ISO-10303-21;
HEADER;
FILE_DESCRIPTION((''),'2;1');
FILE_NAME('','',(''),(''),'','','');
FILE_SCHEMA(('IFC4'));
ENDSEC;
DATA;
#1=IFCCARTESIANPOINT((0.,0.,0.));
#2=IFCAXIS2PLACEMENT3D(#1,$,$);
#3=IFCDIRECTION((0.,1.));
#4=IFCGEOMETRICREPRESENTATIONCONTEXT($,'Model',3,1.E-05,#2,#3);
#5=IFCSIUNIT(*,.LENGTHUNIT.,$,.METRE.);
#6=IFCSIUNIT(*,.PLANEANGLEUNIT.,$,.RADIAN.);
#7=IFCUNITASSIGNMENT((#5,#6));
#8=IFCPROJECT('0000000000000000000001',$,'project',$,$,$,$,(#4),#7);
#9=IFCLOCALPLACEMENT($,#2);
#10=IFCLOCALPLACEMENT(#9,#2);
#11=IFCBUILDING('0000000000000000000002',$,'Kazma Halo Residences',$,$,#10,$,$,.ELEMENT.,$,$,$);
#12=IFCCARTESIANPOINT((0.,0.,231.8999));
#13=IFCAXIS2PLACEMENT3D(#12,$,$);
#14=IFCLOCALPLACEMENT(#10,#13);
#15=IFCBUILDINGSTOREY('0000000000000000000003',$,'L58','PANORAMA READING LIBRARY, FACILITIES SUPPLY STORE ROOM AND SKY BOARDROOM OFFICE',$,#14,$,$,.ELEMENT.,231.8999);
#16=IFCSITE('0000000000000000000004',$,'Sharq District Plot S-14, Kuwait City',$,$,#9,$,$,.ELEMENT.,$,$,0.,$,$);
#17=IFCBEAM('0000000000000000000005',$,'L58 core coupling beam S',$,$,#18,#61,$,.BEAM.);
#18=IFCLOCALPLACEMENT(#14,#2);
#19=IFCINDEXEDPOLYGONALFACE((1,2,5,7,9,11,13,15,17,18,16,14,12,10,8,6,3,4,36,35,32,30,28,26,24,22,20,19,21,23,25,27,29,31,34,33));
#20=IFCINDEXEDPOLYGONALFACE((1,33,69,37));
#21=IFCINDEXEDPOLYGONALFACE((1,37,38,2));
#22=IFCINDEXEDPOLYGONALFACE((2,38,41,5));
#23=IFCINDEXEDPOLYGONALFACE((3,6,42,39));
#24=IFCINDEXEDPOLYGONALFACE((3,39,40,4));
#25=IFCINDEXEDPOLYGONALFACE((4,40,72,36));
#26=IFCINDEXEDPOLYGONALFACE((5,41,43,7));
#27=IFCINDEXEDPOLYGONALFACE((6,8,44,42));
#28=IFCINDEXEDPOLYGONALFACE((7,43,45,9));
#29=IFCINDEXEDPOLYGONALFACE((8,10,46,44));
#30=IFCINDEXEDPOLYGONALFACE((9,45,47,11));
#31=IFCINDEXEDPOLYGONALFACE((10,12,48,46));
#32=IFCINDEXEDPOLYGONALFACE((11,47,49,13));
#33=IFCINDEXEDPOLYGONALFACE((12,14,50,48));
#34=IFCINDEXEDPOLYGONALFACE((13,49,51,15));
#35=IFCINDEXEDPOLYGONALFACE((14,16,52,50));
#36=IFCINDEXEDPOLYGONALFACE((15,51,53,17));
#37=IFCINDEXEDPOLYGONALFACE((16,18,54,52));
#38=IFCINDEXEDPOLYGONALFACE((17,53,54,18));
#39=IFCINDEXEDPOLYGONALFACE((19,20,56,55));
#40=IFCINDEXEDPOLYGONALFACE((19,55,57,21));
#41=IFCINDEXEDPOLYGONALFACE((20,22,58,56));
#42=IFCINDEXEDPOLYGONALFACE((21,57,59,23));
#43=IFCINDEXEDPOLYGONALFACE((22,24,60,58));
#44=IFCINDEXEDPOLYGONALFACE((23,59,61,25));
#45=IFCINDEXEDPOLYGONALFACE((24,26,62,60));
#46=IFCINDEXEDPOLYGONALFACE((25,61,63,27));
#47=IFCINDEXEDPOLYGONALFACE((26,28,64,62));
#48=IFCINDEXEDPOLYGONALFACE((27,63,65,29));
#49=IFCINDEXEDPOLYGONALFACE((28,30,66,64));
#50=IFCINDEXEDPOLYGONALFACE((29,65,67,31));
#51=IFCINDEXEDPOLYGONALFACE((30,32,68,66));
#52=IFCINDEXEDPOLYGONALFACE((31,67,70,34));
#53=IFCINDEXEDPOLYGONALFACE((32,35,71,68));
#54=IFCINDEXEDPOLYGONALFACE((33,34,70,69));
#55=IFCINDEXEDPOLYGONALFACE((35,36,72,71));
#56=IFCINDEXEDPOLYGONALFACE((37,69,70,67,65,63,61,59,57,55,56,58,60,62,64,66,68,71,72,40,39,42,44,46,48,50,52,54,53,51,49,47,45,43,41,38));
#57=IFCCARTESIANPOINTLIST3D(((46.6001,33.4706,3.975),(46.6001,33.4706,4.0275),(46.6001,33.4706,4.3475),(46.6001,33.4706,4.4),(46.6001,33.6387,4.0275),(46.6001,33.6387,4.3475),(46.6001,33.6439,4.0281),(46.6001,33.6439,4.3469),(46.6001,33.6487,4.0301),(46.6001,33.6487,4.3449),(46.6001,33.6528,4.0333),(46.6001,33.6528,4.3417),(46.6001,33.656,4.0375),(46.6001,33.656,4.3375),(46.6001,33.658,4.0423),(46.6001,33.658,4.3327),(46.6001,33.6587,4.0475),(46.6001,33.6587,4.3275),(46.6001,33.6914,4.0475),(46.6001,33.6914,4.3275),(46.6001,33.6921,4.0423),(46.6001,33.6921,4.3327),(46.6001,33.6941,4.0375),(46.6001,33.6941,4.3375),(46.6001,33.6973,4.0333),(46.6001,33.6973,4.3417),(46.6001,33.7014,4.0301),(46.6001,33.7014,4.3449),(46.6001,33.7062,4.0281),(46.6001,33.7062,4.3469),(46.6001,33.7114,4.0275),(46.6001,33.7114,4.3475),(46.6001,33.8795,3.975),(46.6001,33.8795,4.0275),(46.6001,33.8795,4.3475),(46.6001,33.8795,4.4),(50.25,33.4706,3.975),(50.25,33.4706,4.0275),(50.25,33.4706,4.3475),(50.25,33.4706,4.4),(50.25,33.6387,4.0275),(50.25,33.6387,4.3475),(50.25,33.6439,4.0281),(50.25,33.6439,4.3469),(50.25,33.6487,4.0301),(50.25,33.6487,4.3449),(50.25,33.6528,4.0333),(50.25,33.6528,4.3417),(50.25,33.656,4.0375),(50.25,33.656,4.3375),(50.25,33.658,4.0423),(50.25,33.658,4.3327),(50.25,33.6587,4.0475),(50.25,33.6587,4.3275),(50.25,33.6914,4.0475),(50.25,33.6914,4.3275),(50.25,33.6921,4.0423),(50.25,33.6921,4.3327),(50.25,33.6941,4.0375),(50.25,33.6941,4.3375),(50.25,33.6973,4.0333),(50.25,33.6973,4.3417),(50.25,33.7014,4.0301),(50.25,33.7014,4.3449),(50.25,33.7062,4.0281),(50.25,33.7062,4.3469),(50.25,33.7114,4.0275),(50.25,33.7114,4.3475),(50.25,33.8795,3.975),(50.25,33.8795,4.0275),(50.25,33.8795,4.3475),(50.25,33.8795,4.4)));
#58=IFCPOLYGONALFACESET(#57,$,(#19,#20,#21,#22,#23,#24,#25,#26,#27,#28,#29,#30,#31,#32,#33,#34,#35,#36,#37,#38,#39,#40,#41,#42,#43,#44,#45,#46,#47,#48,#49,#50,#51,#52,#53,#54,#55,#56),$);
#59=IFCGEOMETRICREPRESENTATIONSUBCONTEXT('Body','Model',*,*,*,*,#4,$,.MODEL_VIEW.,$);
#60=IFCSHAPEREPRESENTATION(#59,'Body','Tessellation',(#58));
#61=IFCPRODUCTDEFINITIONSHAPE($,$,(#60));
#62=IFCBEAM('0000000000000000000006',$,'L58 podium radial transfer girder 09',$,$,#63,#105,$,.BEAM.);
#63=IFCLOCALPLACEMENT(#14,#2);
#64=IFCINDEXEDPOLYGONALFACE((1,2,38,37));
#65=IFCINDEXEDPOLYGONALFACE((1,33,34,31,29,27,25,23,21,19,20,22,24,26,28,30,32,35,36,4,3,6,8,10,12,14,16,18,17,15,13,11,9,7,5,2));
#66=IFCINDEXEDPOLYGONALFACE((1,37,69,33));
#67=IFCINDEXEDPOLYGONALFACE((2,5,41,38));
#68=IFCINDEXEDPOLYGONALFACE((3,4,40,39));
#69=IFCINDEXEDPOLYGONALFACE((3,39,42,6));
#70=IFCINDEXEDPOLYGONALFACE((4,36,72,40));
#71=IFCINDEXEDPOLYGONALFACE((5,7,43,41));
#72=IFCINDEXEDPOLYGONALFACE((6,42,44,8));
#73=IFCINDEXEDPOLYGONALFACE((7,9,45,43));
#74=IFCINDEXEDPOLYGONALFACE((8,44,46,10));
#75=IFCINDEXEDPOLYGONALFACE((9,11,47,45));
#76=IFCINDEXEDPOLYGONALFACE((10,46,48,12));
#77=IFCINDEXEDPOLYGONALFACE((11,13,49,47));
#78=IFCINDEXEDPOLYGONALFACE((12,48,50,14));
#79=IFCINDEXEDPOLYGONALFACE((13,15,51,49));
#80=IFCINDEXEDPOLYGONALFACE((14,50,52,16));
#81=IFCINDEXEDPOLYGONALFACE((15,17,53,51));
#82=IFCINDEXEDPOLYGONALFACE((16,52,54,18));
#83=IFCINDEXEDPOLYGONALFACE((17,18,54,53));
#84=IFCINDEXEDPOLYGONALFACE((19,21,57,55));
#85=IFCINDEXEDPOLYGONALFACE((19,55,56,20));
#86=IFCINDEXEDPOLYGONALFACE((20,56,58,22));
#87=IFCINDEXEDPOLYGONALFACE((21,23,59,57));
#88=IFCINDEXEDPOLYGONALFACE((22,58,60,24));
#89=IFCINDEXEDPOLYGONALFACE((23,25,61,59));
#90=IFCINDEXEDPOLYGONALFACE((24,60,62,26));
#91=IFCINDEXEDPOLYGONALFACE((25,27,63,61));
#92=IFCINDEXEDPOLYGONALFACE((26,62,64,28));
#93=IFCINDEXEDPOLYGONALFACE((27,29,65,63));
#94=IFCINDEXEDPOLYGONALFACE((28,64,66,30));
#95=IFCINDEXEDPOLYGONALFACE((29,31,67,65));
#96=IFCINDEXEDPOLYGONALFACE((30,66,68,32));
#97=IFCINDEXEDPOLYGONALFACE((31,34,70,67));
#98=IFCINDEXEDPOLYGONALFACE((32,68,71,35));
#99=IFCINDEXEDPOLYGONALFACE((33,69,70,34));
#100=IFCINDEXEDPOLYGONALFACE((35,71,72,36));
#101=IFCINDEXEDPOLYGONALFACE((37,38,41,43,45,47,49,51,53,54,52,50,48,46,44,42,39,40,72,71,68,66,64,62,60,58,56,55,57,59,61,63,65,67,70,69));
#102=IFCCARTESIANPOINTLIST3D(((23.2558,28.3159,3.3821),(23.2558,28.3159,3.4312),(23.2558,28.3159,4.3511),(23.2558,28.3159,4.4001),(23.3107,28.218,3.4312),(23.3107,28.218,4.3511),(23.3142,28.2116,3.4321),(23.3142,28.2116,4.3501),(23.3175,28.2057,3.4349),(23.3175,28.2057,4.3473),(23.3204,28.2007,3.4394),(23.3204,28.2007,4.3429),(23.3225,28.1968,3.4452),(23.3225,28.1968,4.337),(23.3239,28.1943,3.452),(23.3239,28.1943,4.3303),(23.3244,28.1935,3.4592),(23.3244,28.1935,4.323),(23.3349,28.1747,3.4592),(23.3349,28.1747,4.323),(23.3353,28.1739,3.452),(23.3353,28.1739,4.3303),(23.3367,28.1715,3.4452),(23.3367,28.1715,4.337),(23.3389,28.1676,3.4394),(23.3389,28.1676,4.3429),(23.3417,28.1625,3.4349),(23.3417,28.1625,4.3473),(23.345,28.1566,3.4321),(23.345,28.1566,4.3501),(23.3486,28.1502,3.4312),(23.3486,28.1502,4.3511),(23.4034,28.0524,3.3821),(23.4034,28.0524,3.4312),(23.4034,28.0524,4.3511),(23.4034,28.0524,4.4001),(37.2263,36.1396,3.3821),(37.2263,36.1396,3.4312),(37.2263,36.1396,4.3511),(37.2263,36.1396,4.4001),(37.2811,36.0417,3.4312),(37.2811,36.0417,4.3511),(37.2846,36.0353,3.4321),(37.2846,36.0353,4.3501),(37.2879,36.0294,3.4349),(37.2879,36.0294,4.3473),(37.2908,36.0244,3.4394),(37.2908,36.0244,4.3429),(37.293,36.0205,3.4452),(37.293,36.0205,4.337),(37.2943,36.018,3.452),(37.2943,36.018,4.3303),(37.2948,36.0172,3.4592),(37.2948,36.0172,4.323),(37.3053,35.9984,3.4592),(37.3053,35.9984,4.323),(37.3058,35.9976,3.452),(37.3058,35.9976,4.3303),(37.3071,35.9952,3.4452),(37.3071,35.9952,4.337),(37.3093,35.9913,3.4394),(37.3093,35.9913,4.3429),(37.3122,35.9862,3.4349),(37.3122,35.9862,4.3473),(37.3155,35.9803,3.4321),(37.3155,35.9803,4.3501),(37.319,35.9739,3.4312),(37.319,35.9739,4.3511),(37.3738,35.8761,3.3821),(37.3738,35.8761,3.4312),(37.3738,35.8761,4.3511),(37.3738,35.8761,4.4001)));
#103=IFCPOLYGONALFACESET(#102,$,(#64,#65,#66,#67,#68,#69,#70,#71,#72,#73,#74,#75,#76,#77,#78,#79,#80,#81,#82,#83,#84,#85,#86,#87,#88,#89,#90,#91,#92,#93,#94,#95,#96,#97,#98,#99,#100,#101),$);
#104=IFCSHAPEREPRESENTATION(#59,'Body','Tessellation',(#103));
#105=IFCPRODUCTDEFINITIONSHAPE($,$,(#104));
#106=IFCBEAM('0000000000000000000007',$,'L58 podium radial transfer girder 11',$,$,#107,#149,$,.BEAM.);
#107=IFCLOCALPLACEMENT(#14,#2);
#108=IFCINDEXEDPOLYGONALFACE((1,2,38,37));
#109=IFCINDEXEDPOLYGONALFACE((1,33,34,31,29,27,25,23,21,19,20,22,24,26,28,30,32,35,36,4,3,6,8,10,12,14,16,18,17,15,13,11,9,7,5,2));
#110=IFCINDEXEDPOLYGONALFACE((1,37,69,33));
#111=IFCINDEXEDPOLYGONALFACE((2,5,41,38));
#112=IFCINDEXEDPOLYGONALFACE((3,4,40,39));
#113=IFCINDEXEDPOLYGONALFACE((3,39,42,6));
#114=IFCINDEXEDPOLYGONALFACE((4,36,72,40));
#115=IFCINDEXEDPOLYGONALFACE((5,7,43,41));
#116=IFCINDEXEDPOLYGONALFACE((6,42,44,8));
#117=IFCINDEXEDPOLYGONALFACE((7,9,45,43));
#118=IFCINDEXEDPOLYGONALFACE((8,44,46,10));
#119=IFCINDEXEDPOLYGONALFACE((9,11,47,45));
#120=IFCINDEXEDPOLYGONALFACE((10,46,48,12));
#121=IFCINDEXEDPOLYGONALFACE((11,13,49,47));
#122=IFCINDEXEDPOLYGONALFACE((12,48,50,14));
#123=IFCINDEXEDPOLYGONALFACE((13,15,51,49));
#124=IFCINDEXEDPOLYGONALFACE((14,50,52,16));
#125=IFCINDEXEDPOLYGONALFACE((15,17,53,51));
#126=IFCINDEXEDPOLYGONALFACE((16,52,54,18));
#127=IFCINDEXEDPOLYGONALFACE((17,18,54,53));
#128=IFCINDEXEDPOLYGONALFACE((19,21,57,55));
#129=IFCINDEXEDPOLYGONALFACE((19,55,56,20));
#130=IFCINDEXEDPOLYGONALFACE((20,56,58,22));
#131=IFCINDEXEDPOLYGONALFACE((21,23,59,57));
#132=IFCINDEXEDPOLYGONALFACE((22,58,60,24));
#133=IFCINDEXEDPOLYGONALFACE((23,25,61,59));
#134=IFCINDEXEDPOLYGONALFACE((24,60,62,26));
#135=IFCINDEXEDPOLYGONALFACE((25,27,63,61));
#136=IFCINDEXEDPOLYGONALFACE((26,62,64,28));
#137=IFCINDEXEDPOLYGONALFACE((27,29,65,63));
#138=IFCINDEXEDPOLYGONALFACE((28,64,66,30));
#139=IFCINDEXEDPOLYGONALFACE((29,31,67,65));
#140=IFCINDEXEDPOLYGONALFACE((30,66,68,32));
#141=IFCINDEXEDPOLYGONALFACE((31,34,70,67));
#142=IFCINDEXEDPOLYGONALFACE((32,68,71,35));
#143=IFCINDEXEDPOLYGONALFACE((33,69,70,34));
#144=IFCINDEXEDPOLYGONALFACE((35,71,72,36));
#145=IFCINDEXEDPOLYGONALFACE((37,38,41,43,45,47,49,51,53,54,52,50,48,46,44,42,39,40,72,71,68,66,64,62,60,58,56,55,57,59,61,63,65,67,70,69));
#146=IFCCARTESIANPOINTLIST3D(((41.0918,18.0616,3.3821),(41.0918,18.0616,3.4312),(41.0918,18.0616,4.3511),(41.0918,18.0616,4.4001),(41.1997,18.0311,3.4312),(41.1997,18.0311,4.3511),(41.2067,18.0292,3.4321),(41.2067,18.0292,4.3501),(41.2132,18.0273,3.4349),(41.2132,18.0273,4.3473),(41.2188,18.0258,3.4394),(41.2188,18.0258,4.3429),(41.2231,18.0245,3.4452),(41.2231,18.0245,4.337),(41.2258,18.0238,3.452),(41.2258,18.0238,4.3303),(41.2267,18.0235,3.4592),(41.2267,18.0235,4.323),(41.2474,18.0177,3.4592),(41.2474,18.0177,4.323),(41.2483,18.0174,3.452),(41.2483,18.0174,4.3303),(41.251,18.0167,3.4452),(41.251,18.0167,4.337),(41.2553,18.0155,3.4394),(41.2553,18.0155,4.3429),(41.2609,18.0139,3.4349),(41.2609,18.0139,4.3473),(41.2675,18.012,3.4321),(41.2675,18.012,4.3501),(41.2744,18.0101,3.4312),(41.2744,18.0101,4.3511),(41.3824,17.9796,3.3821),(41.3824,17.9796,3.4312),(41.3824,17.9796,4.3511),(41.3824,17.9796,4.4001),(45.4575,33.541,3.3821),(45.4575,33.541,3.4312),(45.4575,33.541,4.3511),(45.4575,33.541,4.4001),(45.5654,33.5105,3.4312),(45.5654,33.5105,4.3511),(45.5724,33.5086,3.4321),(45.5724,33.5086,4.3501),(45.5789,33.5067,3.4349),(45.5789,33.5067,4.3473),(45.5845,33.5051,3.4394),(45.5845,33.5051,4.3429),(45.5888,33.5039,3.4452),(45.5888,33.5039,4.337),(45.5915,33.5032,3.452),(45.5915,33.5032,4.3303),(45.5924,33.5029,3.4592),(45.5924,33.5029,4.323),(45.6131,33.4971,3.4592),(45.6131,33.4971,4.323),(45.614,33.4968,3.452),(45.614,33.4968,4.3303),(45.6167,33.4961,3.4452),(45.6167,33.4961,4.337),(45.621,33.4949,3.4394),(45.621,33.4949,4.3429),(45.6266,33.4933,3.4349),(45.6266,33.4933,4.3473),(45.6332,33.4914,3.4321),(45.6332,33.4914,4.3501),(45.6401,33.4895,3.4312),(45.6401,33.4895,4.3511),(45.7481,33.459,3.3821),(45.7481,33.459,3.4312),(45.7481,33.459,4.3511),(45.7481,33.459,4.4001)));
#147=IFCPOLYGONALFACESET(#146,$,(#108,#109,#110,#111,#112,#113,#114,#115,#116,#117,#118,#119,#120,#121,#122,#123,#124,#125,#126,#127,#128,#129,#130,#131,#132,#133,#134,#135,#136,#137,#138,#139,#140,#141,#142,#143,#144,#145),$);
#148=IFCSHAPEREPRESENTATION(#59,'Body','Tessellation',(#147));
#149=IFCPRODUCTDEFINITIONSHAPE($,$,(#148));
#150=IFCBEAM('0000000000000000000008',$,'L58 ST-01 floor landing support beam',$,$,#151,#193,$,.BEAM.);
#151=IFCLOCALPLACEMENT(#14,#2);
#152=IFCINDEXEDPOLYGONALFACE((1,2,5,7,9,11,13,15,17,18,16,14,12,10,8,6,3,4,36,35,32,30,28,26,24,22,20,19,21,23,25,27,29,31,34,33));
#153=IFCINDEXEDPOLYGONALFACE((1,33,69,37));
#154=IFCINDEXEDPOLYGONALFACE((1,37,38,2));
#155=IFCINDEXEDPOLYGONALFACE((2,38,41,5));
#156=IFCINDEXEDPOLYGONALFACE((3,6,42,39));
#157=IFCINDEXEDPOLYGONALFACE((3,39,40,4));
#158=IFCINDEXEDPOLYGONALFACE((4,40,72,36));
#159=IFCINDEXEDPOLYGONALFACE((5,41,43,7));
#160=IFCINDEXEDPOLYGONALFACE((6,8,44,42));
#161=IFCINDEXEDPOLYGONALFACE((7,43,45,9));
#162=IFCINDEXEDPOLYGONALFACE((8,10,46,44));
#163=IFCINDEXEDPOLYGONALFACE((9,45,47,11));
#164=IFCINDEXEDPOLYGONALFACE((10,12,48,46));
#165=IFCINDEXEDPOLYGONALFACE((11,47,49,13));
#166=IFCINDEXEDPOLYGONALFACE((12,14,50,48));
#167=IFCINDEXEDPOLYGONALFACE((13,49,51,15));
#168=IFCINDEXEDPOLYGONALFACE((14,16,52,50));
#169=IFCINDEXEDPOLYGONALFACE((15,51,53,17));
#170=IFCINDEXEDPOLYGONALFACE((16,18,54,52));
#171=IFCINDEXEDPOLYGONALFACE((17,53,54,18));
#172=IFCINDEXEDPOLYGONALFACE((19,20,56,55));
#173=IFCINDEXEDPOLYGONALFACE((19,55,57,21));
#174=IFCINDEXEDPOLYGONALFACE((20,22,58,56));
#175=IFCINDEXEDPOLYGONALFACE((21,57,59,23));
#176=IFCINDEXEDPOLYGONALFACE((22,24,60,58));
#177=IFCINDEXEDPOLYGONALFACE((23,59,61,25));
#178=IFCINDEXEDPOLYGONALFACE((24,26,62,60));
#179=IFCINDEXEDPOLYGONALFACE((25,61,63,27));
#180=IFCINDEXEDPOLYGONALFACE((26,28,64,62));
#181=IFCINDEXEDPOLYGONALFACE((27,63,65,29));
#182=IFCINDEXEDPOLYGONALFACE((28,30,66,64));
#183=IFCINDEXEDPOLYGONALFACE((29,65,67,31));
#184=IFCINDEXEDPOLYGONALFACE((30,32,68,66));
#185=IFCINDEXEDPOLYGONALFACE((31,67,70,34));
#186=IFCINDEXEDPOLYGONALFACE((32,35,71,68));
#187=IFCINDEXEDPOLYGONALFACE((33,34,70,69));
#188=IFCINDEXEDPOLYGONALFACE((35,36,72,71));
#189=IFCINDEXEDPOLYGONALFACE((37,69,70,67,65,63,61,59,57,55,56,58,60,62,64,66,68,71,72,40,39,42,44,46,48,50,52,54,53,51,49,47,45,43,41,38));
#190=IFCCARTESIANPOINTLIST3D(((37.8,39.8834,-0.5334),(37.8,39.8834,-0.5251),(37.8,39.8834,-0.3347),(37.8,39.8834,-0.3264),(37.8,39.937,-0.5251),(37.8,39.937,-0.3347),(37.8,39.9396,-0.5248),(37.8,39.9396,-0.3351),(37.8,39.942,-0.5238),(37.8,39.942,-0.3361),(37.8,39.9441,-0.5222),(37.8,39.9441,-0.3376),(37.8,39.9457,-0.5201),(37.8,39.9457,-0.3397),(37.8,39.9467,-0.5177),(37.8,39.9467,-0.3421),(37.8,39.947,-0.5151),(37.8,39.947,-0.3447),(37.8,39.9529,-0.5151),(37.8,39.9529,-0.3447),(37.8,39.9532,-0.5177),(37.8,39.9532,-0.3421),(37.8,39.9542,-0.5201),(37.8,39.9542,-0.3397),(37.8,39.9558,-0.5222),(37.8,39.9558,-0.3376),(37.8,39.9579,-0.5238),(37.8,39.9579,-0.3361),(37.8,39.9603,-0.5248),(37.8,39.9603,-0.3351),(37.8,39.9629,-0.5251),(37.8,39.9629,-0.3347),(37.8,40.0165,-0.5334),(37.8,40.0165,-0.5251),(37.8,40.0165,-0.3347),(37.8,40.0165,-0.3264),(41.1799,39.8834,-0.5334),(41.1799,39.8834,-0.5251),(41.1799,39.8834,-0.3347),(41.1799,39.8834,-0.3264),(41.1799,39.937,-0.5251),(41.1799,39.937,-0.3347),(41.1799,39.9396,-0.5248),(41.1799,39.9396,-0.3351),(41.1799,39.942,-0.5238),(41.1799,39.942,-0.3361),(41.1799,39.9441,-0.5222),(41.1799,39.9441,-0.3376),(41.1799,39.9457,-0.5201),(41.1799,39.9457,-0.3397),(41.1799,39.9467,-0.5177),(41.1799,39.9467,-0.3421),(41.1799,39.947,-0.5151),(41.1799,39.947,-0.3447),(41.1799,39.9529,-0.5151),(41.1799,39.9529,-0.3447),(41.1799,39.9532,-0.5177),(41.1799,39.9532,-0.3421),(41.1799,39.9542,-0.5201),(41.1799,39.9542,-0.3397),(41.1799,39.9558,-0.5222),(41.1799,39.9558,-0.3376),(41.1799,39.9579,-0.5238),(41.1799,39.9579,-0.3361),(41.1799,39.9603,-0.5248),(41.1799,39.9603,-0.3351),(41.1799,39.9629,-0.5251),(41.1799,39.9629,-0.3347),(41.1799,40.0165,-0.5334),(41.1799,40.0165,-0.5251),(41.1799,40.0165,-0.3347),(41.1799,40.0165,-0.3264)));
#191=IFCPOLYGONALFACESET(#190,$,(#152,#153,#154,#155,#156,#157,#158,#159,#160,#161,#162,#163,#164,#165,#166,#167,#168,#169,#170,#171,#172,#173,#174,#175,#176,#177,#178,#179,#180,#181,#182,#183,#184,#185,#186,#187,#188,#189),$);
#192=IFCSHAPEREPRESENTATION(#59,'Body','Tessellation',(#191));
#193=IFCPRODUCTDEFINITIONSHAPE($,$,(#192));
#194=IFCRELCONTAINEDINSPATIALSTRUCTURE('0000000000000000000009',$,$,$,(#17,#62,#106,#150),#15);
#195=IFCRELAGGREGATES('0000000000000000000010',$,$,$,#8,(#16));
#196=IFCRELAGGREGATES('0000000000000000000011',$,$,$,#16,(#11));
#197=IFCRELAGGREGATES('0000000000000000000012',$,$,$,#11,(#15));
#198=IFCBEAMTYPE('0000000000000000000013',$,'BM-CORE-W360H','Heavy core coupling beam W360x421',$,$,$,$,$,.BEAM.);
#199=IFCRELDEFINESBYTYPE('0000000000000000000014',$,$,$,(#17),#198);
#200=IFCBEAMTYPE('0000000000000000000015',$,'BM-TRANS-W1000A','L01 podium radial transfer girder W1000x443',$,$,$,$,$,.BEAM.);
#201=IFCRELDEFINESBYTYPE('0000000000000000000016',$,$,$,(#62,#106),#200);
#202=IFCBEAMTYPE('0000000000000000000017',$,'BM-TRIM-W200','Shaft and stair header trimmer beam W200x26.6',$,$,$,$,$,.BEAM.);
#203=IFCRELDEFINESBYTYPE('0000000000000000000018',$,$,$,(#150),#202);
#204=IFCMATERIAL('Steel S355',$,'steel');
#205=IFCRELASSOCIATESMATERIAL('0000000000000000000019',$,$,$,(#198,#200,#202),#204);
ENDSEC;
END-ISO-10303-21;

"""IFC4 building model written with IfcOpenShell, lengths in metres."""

from ifc_helpers import new_model, si_unit, direction, frame, origin, origin_2d, place, context, subcontext, project, spatial, i_section, extrude, material, material_profile, profile_set, type_object, element, save


model = new_model("IFC4")

# Units and contexts
model_context = context("Model", 3, precision=1e-05, world=origin(), true_north=direction((0.0, 1.0)))
body_context = subcontext(model_context, "Body", "Model", "MODEL_VIEW")
ifc_project = project(units=[si_unit("LENGTHUNIT", "METRE"), si_unit("PLANEANGLEUNIT", "RADIAN")], contexts=[model_context])

# Site, building, storey
site_placement = place(None, origin())
site = spatial("IfcSite", under=ifc_project, at=site_placement, Name="Sharq District Plot S-14, Kuwait City", CompositionType="ELEMENT", RefElevation=0.0)
building_placement = place(site_placement, origin())
building = spatial("IfcBuilding", under=site, at=building_placement, Name="Kazma Halo Residences", CompositionType="ELEMENT")
storey_placement = place(building_placement, frame((0.0, 0.0, 231.8999)))
storey = spatial("IfcBuildingStorey", under=building, at=storey_placement, Name="L58", Description="PANORAMA READING LIBRARY, FACILITIES SUPPLY STORE ROOM AND SKY BOARDROOM OFFICE", CompositionType="ELEMENT", Elevation=231.8999)

# Beams
ifc_material_1 = material(Name="Steel S355", Category="steel")
ifc_material_profile_1 = material_profile(ifc_material_1, i_section(OverallWidth=0.4089, OverallDepth=0.425, WebThickness=0.0327, FlangeThickness=0.0525, FilletRadius=0.02, at=origin_2d()), Name="W360x421")
ifc_profile_set_1 = profile_set([ifc_material_profile_1], Name="Steel S355")
beam_type_1 = type_object("IfcBeamType", Name="BM-CORE-W360H", Description="Heavy core coupling beam W360x421", PredefinedType="BEAM", material=ifc_profile_set_1)
beam_1_placement = place(storey_placement, frame((46.6001, 33.675, 4.1875), z_axis=(1.0, 0.0, 0.0), x_axis=(0.0, 1.0, 0.0)))
element("IfcBeam", 1, at=beam_1_placement, inside=storey, type_object=beam_type_1, Name="L58 core coupling beam S", PredefinedType="BEAM", context=body_context, shape_type="SweptSolid", body=[
    extrude(i_section(OverallWidth=0.4089, OverallDepth=0.425, WebThickness=0.0327, FlangeThickness=0.0525, FilletRadius=0.02, at=origin_2d()), origin(), (0.0, 0.0, 1.0), 3.6499),
])
ifc_material_profile_2 = material_profile(ifc_material_1, i_section(OverallWidth=0.302, OverallDepth=1.0181, WebThickness=0.0215, FlangeThickness=0.0491, FilletRadius=0.0281, at=origin_2d()), Name="W1000x443")
ifc_profile_set_2 = profile_set([ifc_material_profile_2], Name="Steel S355")
beam_type_2 = type_object("IfcBeamType", Name="BM-TRANS-W1000A", Description="L01 podium radial transfer girder W1000x443", PredefinedType="BEAM", material=ifc_profile_set_2)
beam_2_placement = place(storey_placement, frame((37.3, 36.0078, 3.8911), z_axis=(-0.872499, -0.488616, 0.0), x_axis=(0.488616, -0.872499, 0.0)))
element("IfcBeam", 2, at=beam_2_placement, inside=storey, type_object=beam_type_2, Name="L58 podium radial transfer girder 09", PredefinedType="BEAM", context=body_context, shape_type="SweptSolid", body=[
    extrude(i_section(OverallWidth=0.302, OverallDepth=1.0181, WebThickness=0.0215, FlangeThickness=0.0491, FilletRadius=0.0281, at=origin_2d()), origin(), (0.0, 0.0, 1.0), 16.012),
])
beam_3_placement = place(storey_placement, frame((45.6028, 33.5, 3.8911), z_axis=(-0.271444, -0.962454, 0.0), x_axis=(0.962454, -0.271444, 0.0)))
element("IfcBeam", 3, at=beam_3_placement, inside=storey, type_object=beam_type_2, Name="L58 podium radial transfer girder 11", PredefinedType="BEAM", context=body_context, shape_type="SweptSolid", body=[
    extrude(i_section(OverallWidth=0.302, OverallDepth=1.0181, WebThickness=0.0215, FlangeThickness=0.0491, FilletRadius=0.0281, at=origin_2d()), origin(), (0.0, 0.0, 1.0), 16.0833),
])
ifc_material_profile_3 = material_profile(ifc_material_1, i_section(OverallWidth=0.1331, OverallDepth=0.207, WebThickness=0.0059, FlangeThickness=0.0083, FilletRadius=0.01, at=origin_2d()), Name="W200x26.6")
ifc_profile_set_3 = profile_set([ifc_material_profile_3], Name="Steel S355")
beam_type_3 = type_object("IfcBeamType", Name="BM-TRIM-W200", Description="Shaft and stair header trimmer beam W200x26.6", PredefinedType="BEAM", material=ifc_profile_set_3)
beam_4_placement = place(storey_placement, frame((37.8, 39.95, -0.4299), z_axis=(1.0, 0.0, 0.0), x_axis=(0.0, 1.0, 0.0)))
element("IfcBeam", 4, at=beam_4_placement, inside=storey, type_object=beam_type_3, Name="L58 ST-01 floor landing support beam", PredefinedType="BEAM", context=body_context, shape_type="SweptSolid", body=[
    extrude(i_section(OverallWidth=0.1331, OverallDepth=0.207, WebThickness=0.0059, FlangeThickness=0.0083, FilletRadius=0.01, at=origin_2d()), origin(), (0.0, 0.0, 1.0), 3.3799),
])

save(model, "model.ifc")
